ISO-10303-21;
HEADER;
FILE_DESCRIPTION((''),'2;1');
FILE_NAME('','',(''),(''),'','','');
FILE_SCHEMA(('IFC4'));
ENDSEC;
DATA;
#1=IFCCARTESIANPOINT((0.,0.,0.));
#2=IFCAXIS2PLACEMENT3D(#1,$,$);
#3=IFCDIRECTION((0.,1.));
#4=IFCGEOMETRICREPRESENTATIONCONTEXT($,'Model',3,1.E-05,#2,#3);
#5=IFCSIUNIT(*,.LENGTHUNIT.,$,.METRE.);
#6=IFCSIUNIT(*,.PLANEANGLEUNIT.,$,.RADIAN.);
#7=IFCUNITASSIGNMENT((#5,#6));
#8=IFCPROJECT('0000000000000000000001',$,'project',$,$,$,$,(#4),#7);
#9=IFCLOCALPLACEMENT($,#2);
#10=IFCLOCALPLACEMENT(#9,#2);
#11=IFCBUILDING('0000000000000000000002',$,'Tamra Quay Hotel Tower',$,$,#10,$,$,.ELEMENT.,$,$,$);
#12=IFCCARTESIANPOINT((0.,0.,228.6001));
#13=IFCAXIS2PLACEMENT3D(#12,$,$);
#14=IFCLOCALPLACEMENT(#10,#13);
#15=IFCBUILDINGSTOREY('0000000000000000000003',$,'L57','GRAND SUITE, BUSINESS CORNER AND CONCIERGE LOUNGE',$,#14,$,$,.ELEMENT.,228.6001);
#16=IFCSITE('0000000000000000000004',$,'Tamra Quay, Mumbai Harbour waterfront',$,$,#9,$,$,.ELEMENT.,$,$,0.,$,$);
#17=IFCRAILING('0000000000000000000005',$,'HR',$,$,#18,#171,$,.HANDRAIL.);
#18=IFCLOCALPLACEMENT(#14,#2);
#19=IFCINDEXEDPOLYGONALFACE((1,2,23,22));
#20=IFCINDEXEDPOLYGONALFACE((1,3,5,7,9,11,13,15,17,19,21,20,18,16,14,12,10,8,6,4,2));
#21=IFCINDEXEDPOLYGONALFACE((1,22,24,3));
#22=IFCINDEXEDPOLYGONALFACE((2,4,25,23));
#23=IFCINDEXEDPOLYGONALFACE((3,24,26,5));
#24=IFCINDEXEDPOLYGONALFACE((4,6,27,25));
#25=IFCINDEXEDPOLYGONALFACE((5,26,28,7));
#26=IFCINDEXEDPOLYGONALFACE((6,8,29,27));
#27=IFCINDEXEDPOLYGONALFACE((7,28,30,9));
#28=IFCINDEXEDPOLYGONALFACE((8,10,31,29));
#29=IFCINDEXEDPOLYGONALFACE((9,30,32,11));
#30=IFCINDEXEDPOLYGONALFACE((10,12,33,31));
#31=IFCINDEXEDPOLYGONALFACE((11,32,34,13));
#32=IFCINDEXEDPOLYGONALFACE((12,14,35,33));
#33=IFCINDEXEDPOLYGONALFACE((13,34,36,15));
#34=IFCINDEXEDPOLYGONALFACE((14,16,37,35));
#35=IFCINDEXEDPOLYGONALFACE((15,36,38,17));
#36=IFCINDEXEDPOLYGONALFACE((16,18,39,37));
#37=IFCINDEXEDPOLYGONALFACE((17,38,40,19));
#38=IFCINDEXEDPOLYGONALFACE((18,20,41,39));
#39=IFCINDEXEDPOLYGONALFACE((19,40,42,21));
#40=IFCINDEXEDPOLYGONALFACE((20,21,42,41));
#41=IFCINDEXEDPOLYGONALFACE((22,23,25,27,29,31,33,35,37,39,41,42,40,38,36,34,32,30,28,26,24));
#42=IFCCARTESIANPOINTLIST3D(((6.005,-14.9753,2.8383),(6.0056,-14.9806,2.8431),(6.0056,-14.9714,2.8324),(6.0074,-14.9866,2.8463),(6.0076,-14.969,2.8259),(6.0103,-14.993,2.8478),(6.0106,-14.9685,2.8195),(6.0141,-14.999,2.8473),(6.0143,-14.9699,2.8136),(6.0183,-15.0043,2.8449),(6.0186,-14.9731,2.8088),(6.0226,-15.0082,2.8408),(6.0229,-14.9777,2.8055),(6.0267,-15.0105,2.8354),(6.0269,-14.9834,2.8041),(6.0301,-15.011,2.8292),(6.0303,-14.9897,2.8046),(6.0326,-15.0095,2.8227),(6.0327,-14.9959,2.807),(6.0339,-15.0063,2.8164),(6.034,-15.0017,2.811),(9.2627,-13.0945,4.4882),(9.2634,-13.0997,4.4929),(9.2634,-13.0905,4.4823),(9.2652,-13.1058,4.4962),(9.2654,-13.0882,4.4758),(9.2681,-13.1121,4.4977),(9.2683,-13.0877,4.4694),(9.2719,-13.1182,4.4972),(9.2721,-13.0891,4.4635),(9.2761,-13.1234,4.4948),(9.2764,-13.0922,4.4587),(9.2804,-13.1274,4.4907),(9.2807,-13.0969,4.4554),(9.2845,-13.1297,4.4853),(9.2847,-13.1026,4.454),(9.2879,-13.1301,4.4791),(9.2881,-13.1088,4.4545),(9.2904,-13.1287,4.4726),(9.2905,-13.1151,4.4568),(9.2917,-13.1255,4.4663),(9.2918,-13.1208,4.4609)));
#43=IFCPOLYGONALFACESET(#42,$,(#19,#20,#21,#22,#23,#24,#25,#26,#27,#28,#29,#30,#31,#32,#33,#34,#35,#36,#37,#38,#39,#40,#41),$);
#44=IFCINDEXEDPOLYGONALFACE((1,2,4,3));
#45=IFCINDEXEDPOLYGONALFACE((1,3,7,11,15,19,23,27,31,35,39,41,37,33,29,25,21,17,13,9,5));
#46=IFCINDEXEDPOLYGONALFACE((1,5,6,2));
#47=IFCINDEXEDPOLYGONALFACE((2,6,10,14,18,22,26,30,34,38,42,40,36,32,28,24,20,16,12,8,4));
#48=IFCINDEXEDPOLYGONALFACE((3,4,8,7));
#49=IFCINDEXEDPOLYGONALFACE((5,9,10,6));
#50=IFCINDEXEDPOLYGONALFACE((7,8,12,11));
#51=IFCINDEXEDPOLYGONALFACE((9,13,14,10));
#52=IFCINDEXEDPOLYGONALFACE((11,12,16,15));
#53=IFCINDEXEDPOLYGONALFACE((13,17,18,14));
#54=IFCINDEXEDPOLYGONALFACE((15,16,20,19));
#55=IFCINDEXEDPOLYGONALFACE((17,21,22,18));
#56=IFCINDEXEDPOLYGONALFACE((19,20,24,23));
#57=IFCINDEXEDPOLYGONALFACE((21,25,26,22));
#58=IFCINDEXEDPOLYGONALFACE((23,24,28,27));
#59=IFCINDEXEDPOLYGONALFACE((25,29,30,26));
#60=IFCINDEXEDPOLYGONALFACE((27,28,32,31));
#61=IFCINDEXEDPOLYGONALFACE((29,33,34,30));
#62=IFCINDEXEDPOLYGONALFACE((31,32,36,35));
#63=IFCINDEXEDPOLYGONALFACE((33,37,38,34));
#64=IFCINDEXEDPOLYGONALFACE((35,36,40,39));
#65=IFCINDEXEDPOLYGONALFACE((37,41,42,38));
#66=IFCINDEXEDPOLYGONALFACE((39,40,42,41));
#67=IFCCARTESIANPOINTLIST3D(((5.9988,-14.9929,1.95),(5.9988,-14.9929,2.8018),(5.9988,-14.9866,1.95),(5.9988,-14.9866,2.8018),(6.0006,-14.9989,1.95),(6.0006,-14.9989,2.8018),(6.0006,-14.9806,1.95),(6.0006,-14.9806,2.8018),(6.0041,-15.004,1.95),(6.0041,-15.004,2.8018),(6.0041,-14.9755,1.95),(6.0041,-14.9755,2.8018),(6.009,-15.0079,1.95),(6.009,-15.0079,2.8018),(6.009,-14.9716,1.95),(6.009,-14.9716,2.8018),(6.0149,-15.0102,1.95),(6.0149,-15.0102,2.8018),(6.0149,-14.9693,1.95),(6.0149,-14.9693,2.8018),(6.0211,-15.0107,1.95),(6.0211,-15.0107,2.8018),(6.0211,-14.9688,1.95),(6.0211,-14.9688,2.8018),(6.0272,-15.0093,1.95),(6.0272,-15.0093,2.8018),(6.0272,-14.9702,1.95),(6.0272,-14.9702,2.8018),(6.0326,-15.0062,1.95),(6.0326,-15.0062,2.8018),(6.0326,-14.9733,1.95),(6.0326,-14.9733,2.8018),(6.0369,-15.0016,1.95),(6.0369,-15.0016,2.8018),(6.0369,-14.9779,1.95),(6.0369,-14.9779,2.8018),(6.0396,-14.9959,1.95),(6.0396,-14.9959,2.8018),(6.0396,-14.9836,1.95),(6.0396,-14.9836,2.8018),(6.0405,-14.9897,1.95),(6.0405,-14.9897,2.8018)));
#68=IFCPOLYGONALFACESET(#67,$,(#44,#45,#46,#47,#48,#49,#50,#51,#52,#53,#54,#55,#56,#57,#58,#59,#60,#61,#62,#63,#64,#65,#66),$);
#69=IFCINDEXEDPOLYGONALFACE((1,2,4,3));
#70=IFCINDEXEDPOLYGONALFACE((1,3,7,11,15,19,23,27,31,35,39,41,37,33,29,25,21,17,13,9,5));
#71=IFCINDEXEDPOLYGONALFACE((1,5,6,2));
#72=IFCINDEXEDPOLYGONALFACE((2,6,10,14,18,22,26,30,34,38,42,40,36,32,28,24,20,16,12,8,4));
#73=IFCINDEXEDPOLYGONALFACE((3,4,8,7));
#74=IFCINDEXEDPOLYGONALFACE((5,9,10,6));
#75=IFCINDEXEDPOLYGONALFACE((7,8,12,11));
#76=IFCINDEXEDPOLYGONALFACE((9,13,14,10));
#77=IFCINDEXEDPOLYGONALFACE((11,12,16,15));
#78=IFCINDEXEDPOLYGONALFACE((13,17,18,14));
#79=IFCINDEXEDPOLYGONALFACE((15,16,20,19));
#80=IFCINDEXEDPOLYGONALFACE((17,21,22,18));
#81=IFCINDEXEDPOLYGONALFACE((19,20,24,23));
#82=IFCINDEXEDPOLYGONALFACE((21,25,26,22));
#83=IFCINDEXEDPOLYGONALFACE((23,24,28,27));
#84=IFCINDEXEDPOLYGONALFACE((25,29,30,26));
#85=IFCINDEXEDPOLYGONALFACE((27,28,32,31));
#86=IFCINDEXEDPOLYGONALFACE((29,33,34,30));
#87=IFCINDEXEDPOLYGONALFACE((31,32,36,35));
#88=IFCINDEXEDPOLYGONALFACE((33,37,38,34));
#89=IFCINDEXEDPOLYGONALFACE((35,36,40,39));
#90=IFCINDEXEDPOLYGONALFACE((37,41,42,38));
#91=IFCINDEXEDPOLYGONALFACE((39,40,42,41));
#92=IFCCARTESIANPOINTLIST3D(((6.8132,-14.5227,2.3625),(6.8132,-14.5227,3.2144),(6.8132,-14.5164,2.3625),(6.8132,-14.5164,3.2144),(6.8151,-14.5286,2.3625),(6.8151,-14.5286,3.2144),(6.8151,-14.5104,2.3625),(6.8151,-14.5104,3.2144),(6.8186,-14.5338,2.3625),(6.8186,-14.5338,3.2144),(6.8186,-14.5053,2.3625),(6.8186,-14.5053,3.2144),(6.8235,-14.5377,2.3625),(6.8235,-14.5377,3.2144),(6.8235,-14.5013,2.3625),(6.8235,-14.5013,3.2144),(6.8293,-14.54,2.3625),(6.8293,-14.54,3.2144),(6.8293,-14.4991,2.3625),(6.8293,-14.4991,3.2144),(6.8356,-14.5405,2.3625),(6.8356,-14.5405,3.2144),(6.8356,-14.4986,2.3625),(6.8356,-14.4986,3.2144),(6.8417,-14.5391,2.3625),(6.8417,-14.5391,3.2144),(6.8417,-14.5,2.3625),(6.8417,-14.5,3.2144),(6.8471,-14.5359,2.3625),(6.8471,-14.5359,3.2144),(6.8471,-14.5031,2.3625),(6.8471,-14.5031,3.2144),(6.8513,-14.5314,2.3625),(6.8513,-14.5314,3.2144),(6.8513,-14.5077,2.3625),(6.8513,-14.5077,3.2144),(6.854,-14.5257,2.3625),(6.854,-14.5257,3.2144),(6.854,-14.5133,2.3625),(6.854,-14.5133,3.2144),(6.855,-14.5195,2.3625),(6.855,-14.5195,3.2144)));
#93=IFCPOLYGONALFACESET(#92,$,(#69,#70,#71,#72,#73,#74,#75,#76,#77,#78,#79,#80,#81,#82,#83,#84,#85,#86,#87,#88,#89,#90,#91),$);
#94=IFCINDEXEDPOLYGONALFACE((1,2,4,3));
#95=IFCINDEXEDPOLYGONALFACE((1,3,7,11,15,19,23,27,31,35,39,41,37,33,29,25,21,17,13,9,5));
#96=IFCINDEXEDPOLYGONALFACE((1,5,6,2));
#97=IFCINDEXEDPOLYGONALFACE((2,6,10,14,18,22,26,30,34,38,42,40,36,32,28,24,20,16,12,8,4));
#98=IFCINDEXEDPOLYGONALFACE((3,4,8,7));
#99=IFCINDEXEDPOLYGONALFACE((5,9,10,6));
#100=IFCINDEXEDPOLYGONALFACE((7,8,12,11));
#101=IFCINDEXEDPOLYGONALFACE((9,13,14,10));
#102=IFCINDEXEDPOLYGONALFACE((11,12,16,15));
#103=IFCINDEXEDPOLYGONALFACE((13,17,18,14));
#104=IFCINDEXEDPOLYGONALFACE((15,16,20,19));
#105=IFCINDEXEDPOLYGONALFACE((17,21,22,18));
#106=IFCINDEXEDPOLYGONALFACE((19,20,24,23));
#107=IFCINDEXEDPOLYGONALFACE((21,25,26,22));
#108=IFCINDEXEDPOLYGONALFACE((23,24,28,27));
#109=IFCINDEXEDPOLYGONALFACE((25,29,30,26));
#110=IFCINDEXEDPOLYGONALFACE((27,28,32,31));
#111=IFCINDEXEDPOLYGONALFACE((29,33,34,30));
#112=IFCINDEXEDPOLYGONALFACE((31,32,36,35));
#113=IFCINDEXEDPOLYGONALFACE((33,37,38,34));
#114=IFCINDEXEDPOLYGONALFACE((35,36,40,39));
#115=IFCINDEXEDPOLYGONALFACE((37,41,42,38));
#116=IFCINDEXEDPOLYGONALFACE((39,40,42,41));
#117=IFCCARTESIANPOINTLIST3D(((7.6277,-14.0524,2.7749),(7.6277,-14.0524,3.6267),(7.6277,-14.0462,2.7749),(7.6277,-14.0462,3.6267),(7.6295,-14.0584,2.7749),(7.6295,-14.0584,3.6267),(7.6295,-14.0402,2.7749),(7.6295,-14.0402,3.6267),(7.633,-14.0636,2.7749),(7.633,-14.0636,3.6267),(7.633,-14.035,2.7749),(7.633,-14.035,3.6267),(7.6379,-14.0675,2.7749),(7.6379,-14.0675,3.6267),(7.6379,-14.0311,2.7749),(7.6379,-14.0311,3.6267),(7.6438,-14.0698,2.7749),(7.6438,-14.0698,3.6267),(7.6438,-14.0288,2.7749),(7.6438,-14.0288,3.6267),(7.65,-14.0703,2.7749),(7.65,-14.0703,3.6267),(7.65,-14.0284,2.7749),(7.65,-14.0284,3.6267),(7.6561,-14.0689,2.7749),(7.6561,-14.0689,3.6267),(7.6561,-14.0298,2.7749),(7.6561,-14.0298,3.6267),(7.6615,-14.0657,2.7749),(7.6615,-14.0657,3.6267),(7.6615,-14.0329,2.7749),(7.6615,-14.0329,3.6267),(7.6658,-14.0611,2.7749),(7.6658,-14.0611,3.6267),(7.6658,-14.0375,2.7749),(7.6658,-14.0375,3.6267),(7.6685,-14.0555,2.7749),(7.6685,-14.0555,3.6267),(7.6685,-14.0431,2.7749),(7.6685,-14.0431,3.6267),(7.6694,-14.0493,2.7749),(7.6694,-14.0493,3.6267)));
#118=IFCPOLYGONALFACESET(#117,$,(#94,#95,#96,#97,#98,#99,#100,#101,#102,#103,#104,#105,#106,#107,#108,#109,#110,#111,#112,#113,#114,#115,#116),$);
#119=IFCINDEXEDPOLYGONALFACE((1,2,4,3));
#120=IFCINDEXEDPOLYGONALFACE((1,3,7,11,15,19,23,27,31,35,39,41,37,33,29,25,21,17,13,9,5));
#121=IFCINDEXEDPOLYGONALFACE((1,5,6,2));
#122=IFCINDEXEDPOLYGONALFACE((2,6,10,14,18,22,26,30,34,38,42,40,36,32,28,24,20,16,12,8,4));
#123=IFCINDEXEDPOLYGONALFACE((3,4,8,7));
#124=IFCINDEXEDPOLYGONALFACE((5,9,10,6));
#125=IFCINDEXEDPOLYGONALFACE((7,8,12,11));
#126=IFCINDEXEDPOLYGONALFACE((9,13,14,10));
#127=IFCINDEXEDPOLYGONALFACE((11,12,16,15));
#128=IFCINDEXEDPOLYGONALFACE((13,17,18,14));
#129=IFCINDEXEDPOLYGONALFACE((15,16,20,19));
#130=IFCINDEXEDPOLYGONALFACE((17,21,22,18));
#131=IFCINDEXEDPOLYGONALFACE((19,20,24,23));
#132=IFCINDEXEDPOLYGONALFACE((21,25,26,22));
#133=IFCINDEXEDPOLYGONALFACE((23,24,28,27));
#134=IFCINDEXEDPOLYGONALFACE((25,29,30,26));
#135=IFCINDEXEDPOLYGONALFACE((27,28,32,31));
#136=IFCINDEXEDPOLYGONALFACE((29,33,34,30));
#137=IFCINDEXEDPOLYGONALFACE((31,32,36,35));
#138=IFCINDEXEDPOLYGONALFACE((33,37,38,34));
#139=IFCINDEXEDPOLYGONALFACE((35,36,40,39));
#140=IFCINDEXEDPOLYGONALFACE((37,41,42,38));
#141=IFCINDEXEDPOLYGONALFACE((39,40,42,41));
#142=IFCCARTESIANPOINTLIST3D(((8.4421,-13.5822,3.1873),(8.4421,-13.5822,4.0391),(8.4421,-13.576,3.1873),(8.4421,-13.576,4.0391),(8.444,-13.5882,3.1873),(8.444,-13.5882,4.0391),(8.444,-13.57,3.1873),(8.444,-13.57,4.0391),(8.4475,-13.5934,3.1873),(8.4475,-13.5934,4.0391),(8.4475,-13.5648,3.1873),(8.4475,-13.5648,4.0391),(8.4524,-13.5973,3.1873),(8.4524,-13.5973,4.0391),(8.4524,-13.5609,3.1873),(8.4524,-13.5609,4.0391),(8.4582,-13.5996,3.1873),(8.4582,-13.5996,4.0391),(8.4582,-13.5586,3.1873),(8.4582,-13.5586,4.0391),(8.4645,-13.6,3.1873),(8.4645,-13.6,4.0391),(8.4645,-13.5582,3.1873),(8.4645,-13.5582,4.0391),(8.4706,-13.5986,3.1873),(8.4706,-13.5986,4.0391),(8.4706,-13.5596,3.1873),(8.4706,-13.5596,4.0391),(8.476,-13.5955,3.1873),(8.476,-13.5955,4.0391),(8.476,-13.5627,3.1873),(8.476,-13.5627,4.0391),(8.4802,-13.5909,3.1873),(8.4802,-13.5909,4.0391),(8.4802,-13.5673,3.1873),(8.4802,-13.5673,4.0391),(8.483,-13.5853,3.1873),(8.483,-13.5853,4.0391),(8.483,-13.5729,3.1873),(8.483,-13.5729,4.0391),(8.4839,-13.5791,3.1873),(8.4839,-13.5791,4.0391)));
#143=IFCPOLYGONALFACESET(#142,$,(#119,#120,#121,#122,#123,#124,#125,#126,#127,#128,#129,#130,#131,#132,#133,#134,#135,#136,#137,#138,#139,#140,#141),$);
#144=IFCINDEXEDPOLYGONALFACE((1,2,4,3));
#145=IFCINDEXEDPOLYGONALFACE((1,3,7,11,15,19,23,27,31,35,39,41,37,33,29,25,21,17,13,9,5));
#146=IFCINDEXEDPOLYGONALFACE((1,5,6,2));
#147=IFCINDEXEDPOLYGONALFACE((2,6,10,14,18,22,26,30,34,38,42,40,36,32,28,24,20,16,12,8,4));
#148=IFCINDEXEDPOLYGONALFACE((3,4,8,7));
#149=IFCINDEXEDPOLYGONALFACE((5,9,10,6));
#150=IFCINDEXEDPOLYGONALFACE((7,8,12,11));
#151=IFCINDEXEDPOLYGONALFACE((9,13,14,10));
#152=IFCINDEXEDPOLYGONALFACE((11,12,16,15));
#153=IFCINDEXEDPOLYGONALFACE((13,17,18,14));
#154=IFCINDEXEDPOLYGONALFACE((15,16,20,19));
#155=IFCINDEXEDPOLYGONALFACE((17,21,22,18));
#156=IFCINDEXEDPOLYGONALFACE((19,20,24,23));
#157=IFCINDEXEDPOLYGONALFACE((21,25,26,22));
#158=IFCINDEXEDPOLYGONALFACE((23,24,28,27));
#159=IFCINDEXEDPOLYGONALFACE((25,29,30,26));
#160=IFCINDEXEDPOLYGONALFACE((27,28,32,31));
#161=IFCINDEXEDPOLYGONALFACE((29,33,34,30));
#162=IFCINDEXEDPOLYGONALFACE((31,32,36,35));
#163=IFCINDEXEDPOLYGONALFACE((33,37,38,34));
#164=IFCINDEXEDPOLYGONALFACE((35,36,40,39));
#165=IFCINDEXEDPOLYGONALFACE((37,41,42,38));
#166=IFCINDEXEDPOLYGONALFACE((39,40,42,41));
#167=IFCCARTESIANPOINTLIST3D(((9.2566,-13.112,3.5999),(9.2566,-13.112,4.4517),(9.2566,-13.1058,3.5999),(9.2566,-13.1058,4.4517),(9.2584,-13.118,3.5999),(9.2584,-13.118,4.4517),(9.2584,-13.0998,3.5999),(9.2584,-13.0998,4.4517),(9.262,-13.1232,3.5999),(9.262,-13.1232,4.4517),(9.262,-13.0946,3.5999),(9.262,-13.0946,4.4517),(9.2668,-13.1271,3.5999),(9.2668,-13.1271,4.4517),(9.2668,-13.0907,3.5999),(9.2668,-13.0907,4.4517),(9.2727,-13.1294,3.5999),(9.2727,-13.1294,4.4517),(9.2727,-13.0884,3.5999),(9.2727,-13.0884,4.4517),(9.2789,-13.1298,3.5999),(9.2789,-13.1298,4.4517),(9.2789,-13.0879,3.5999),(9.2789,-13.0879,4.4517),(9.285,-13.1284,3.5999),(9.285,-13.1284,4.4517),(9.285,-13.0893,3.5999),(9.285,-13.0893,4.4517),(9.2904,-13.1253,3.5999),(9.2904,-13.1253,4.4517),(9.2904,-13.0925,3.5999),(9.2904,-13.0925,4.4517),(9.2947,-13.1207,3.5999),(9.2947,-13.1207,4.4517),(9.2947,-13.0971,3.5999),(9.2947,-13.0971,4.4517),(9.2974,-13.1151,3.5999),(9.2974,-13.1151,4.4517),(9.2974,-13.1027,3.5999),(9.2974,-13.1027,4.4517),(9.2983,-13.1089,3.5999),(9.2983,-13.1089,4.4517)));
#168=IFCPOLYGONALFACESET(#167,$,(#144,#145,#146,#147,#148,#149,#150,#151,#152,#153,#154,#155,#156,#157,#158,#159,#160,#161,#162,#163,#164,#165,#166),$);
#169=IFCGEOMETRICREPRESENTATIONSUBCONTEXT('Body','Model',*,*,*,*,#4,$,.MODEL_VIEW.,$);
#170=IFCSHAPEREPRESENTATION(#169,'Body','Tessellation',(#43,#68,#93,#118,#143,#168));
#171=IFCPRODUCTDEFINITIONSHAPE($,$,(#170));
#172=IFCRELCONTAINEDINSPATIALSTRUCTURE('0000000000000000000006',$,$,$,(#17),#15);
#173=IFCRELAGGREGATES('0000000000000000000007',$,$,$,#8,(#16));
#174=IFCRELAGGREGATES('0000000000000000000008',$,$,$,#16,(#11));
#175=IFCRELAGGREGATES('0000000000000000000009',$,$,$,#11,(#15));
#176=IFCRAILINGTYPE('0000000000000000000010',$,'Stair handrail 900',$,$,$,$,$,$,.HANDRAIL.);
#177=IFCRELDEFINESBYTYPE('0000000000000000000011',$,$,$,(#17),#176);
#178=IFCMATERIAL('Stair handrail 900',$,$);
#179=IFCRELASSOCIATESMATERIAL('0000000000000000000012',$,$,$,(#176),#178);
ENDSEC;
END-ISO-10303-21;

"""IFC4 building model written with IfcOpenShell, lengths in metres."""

from ifc_helpers import new_model, si_unit, direction, frame, origin, origin_2d, place, context, subcontext, project, spatial, circle, extrude, material, type_object, element, save


model = new_model("IFC4")

# Units and contexts
model_context = context("Model", 3, precision=1e-05, world=origin(), true_north=direction((0.0, 1.0)))
body_context = subcontext(model_context, "Body", "Model", "MODEL_VIEW")
ifc_project = project(units=[si_unit("LENGTHUNIT", "METRE"), si_unit("PLANEANGLEUNIT", "RADIAN")], contexts=[model_context])

# Site, building, storey
site_placement = place(None, origin())
site = spatial("IfcSite", under=ifc_project, at=site_placement, Name="Tamra Quay, Mumbai Harbour waterfront", CompositionType="ELEMENT", RefElevation=0.0)
building_placement = place(site_placement, origin())
building = spatial("IfcBuilding", under=site, at=building_placement, Name="Tamra Quay Hotel Tower", CompositionType="ELEMENT")
storey_placement = place(building_placement, frame((0.0, 0.0, 228.6001)))
storey = spatial("IfcBuildingStorey", under=building, at=storey_placement, Name="L57", Description="GRAND SUITE, BUSINESS CORNER AND CONCIERGE LOUNGE", CompositionType="ELEMENT", Elevation=228.6001)

# Railing
ifc_material_1 = material(Name="Stair handrail 900")
railing_type_1 = type_object("IfcRailingType", Name="Stair handrail 900", PredefinedType="HANDRAIL", material=ifc_material_1)
railing_1_placement = place(storey_placement, frame((6.0195, -14.9897, 1.95)))
element("IfcRailing", 1, at=railing_1_placement, inside=storey, type_object=railing_type_1, Name="HR", PredefinedType="HANDRAIL", context=body_context, shape_type="SweptSolid", body=[
    extrude(circle(Radius=0.0239, at=origin_2d()), frame((0.0, 0.0, 0.876), z_axis=(0.7931, 0.457887, 0.401661), x_axis=(-0.499992, 0.86603, 0.0)), (0.0, 0.0, 1.0), 4.1077),
    extrude(circle(Radius=0.021, at=origin_2d()), origin(), (0.0, 0.0, 1.0), 0.8518),
    extrude(circle(Radius=0.021, at=origin_2d()), frame((0.8145, 0.4702, 0.4126)), (0.0, 0.0, 1.0), 0.8518),
    extrude(circle(Radius=0.021, at=origin_2d()), frame((1.6289, 0.9404, 0.825)), (0.0, 0.0, 1.0), 0.8518),
    extrude(circle(Radius=0.021, at=origin_2d()), frame((2.4434, 1.4106, 1.2373)), (0.0, 0.0, 1.0), 0.8518),
    extrude(circle(Radius=0.021, at=origin_2d()), frame((3.2578, 1.8809, 1.6499)), (0.0, 0.0, 1.0), 0.8518),
])

save(model, "model.ifc")
